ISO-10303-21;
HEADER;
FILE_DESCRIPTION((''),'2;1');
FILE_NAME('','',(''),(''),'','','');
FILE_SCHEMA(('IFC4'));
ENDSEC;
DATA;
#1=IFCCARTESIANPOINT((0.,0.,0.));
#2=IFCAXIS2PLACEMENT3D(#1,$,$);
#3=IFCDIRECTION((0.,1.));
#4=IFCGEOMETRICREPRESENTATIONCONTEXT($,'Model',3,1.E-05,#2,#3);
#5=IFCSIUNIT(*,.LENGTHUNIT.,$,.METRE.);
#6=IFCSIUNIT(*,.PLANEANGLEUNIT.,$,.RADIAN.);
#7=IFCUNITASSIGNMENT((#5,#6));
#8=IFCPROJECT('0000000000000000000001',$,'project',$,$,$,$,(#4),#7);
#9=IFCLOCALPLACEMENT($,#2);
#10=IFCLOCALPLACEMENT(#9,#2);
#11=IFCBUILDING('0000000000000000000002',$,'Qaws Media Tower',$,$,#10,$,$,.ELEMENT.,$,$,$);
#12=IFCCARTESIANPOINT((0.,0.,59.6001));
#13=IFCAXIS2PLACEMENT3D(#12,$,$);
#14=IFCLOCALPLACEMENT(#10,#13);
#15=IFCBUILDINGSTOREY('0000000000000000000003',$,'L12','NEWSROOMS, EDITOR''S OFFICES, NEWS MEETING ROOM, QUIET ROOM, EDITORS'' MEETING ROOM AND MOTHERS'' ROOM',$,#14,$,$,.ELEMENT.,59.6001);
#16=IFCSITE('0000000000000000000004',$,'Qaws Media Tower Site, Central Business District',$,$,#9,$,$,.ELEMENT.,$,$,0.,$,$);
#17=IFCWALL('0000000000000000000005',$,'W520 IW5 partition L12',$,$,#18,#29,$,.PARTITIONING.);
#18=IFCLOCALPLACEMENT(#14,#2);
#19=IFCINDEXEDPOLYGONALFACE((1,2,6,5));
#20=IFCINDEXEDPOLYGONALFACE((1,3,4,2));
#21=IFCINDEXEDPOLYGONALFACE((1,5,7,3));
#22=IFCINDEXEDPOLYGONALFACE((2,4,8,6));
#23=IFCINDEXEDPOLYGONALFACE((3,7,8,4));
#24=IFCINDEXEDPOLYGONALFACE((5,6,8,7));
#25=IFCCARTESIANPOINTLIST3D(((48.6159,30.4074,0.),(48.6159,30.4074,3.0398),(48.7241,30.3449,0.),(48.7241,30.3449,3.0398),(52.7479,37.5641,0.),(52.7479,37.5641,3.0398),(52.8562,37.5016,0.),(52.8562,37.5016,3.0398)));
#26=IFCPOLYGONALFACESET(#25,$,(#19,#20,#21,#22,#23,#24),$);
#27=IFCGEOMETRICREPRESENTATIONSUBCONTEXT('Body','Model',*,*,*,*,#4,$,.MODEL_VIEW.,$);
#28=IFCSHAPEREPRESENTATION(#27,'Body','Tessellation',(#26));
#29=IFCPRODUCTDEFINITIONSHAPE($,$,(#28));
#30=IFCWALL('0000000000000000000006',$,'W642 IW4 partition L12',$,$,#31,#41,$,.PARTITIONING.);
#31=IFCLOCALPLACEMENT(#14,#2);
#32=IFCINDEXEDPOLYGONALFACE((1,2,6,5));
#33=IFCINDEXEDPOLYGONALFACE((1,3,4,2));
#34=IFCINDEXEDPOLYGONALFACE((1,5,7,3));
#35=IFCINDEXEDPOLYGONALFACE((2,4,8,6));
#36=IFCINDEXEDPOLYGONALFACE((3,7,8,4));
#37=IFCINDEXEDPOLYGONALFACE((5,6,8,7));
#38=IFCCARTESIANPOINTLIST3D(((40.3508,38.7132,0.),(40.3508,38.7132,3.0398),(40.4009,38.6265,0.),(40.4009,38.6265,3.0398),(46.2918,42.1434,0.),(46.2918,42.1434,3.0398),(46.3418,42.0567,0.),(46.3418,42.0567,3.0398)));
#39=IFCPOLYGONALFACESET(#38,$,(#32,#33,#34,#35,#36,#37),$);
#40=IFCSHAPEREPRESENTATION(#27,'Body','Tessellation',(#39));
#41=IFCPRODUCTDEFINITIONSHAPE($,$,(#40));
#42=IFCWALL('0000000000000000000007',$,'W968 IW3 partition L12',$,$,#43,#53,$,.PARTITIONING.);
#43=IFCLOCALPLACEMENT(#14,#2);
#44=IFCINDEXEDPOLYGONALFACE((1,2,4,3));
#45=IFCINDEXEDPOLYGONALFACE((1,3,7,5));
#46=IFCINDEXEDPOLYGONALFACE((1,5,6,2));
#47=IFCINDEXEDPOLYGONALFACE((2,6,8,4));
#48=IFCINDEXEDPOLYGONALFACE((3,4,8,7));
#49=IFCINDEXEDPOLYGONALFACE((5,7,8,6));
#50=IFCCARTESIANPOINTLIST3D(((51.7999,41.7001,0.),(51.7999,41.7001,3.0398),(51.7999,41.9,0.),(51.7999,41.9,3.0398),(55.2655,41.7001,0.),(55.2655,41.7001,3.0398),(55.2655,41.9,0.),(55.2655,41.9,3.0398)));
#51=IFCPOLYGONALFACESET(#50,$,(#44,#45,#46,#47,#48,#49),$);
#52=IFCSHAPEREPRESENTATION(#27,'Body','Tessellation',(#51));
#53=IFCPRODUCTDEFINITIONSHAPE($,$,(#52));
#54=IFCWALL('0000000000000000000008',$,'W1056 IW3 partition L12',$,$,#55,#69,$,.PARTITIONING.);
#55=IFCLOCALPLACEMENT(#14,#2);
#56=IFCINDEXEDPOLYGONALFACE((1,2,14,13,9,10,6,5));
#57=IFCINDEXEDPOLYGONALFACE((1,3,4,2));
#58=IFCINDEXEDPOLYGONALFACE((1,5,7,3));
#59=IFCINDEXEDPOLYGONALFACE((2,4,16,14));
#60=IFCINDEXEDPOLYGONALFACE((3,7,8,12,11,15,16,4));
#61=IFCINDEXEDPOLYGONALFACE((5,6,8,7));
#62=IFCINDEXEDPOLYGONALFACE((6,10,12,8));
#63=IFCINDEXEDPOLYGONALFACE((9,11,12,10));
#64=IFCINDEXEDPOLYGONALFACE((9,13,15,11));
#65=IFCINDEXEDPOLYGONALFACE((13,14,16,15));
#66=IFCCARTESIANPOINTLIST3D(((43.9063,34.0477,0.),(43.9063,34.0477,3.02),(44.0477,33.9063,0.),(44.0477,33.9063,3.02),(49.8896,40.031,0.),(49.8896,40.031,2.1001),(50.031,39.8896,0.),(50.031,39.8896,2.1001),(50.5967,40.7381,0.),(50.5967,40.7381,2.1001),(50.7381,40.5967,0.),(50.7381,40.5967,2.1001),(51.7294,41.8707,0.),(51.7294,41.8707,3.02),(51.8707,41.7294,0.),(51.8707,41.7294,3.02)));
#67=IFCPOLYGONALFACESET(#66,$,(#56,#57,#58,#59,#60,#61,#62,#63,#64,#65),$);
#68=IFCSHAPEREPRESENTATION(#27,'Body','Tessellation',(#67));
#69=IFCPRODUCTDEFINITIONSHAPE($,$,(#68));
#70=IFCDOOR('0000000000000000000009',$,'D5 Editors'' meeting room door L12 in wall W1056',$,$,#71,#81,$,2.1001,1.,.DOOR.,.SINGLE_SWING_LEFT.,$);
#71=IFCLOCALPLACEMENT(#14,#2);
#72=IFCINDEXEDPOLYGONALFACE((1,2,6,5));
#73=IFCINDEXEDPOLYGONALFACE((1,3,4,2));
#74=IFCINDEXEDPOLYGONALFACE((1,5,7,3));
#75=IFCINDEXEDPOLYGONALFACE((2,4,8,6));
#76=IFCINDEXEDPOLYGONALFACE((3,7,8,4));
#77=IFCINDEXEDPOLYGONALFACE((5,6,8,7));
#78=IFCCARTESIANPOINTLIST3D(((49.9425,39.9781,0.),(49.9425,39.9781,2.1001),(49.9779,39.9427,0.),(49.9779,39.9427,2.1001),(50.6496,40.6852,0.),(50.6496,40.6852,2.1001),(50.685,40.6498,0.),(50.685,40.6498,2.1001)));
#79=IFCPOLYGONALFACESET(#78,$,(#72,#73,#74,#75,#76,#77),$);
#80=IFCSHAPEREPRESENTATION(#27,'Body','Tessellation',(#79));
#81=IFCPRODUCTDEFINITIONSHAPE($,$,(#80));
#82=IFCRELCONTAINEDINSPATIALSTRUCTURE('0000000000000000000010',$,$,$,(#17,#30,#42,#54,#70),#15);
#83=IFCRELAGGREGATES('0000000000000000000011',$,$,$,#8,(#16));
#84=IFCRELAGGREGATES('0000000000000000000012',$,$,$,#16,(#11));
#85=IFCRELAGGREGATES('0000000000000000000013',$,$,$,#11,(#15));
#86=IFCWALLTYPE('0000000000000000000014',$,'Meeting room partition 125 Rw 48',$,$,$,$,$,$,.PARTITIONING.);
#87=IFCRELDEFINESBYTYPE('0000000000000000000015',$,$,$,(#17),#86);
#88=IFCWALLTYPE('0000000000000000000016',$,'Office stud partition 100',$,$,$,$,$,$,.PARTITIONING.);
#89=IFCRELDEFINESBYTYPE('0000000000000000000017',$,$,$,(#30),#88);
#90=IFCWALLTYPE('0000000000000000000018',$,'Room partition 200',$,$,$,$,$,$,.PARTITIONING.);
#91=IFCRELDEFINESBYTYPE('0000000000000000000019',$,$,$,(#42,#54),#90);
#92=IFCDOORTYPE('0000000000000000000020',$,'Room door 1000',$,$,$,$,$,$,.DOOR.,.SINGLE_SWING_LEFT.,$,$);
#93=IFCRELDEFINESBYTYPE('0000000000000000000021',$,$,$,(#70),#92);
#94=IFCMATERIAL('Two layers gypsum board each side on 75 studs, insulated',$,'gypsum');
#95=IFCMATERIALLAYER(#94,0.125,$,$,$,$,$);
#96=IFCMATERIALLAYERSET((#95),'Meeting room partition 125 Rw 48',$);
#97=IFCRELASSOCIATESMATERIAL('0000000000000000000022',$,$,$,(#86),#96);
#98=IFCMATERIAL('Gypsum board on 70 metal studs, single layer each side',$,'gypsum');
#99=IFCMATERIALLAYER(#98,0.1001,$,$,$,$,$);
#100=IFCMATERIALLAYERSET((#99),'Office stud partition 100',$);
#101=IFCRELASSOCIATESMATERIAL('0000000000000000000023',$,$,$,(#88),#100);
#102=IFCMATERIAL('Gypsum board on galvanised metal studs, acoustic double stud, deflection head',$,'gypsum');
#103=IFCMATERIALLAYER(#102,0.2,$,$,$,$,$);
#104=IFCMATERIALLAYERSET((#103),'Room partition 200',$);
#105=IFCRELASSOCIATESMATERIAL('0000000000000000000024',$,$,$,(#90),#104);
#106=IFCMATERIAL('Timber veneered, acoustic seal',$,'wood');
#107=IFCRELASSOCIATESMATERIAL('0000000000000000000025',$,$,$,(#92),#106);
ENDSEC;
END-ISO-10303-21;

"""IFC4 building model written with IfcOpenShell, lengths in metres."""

from ifc_helpers import new_model, si_unit, direction, frame, frame_2d, origin, place, context, subcontext, project, spatial, rectangle, extrude, material, layer, layer_set, type_object, element, fill, save


model = new_model("IFC4")

# Units and contexts
model_context = context("Model", 3, precision=1e-05, world=origin(), true_north=direction((0.0, 1.0)))
body_context = subcontext(model_context, "Body", "Model", "MODEL_VIEW")
ifc_project = project(units=[si_unit("LENGTHUNIT", "METRE"), si_unit("PLANEANGLEUNIT", "RADIAN")], contexts=[model_context])

# Site, building, storey
site_placement = place(None, origin())
site = spatial("IfcSite", under=ifc_project, at=site_placement, Name="Qaws Media Tower Site, Central Business District", CompositionType="ELEMENT", RefElevation=0.0)
building_placement = place(site_placement, origin())
building = spatial("IfcBuilding", under=site, at=building_placement, Name="Qaws Media Tower", CompositionType="ELEMENT")
storey_placement = place(building_placement, frame((0.0, 0.0, 59.6001)))
storey = spatial("IfcBuildingStorey", under=building, at=storey_placement, Name="L12", Description="NEWSROOMS, EDITOR'S OFFICES, NEWS MEETING ROOM, QUIET ROOM, EDITORS' MEETING ROOM AND MOTHERS' ROOM", CompositionType="ELEMENT", Elevation=59.6001)

# Walls
ifc_material_1 = material(Name="Two layers gypsum board each side on 75 studs, insulated", Category="gypsum")
ifc_layer_1 = layer(ifc_material_1, 0.125)
ifc_layer_set_1 = layer_set([ifc_layer_1], Name="Meeting room partition 125 Rw 48")
wall_type_1 = type_object("IfcWallType", Name="Meeting room partition 125 Rw 48", PredefinedType="PARTITIONING", material=ifc_layer_set_1)
wall_1_placement = place(storey_placement, frame((52.802, 37.5327, 0.0), z_axis=(0.0, 0.0, 1.0), x_axis=(-0.500012, -0.866018, 0.0)))
element("IfcWall", 1, at=wall_1_placement, inside=storey, type_object=wall_type_1, Name="W520 IW5 partition L12", PredefinedType="PARTITIONING", context=body_context, shape_type="SweptSolid", body=[
    extrude(rectangle(XDim=8.2639, YDim=0.125, at=frame_2d((4.1318, 0.0))), origin(), (0.0, 0.0, 1.0), 3.0398),
])
ifc_material_2 = material(Name="Gypsum board on 70 metal studs, single layer each side", Category="gypsum")
ifc_layer_2 = layer(ifc_material_2, 0.1001)
ifc_layer_set_2 = layer_set([ifc_layer_2], Name="Office stud partition 100")
wall_type_2 = type_object("IfcWallType", Name="Office stud partition 100", PredefinedType="PARTITIONING", material=ifc_layer_set_2)
wall_2_placement = place(storey_placement, frame((46.3169, 42.1001, 0.0), z_axis=(0.0, 0.0, 1.0), x_axis=(-0.866014, -0.50002, 0.0)))
element("IfcWall", 2, at=wall_2_placement, inside=storey, type_object=wall_type_2, Name="W642 IW4 partition L12", PredefinedType="PARTITIONING", context=body_context, shape_type="SweptSolid", body=[
    extrude(rectangle(XDim=6.8601, YDim=0.1001, at=frame_2d((3.4302, 0.0))), origin(), (0.0, 0.0, 1.0), 3.0398),
])

# Shared definitions
ifc_material_3 = material(Name="Gypsum board on galvanised metal studs, acoustic double stud, deflection head", Category="gypsum")
ifc_layer_3 = layer(ifc_material_3, 0.2)
ifc_layer_set_3 = layer_set([ifc_layer_3], Name="Room partition 200")
wall_type_3 = type_object("IfcWallType", Name="Room partition 200", PredefinedType="PARTITIONING", material=ifc_layer_set_3)

# Wall
wall_3_placement = place(storey_placement, frame((55.2656, 41.8, 0.0), z_axis=(0.0, 0.0, 1.0), x_axis=(-1.0, 0.0, 0.0)))
element("IfcWall", 3, at=wall_3_placement, inside=storey, type_object=wall_type_3, Name="W968 IW3 partition L12", PredefinedType="PARTITIONING", context=body_context, shape_type="SweptSolid", body=[
    extrude(rectangle(XDim=3.4656, YDim=0.2, at=frame_2d((1.7329, 0.0))), origin(), (0.0, 0.0, 1.0), 3.0398),
])

# Wall, opening, door
wall_4_placement = place(storey_placement, frame((51.8, 41.8, 0.0), z_axis=(0.0, 0.0, 1.0), x_axis=(-0.707107, -0.707107, 0.0)))
wall_4 = element("IfcWall", 4, at=wall_4_placement, inside=storey, type_object=wall_type_3, Name="W1056 IW3 partition L12", PredefinedType="PARTITIONING", context=body_context, shape_type="SweptSolid", body=[
    extrude(rectangle(XDim=11.0635, YDim=0.2, at=frame_2d((5.5317, 0.0))), origin(), (0.0, 0.0, 1.0), 3.02),
])
opening_1_placement = place(wall_4_placement, frame((1.6018, 0.0, 0.0)))
opening_1 = element("IfcOpeningElement", 5, at=opening_1_placement, cuts=wall_4, PredefinedType="OPENING", context=body_context, shape_type="SweptSolid", body=[
    extrude(rectangle(XDim=1.0, YDim=2.1001, at=frame_2d((0.5, 1.05))), frame((0.0, 0.1099, 0.0), z_axis=(0.0, -1.0, 0.0), x_axis=(1.0, 0.0, 0.0)), (0.0, 0.0, 1.0), 0.22),
])
ifc_material_4 = material(Name="Timber veneered, acoustic seal", Category="wood")
door_type_1 = type_object("IfcDoorType", Name="Room door 1000", OperationType="SINGLE_SWING_LEFT", PredefinedType="DOOR", material=ifc_material_4)
door_1_placement = place(opening_1_placement, origin())
door_1 = element("IfcDoor", 6, at=door_1_placement, inside=storey, type_object=door_type_1, Name="D5 Editors' meeting room door L12 in wall W1056", OperationType="SINGLE_SWING_LEFT", OverallHeight=2.1001, OverallWidth=1.0, PredefinedType="DOOR", context=body_context, shape_type="SweptSolid", body=[
    extrude(rectangle(XDim=1.0, YDim=2.1001, at=frame_2d((0.5, 1.05))), frame((0.0, 0.0249, 0.0), z_axis=(0.0, -1.0, 0.0), x_axis=(1.0, 0.0, 0.0)), (0.0, 0.0, 1.0), 0.05),
])
fill(opening_1, door_1)

save(model, "model.ifc")
